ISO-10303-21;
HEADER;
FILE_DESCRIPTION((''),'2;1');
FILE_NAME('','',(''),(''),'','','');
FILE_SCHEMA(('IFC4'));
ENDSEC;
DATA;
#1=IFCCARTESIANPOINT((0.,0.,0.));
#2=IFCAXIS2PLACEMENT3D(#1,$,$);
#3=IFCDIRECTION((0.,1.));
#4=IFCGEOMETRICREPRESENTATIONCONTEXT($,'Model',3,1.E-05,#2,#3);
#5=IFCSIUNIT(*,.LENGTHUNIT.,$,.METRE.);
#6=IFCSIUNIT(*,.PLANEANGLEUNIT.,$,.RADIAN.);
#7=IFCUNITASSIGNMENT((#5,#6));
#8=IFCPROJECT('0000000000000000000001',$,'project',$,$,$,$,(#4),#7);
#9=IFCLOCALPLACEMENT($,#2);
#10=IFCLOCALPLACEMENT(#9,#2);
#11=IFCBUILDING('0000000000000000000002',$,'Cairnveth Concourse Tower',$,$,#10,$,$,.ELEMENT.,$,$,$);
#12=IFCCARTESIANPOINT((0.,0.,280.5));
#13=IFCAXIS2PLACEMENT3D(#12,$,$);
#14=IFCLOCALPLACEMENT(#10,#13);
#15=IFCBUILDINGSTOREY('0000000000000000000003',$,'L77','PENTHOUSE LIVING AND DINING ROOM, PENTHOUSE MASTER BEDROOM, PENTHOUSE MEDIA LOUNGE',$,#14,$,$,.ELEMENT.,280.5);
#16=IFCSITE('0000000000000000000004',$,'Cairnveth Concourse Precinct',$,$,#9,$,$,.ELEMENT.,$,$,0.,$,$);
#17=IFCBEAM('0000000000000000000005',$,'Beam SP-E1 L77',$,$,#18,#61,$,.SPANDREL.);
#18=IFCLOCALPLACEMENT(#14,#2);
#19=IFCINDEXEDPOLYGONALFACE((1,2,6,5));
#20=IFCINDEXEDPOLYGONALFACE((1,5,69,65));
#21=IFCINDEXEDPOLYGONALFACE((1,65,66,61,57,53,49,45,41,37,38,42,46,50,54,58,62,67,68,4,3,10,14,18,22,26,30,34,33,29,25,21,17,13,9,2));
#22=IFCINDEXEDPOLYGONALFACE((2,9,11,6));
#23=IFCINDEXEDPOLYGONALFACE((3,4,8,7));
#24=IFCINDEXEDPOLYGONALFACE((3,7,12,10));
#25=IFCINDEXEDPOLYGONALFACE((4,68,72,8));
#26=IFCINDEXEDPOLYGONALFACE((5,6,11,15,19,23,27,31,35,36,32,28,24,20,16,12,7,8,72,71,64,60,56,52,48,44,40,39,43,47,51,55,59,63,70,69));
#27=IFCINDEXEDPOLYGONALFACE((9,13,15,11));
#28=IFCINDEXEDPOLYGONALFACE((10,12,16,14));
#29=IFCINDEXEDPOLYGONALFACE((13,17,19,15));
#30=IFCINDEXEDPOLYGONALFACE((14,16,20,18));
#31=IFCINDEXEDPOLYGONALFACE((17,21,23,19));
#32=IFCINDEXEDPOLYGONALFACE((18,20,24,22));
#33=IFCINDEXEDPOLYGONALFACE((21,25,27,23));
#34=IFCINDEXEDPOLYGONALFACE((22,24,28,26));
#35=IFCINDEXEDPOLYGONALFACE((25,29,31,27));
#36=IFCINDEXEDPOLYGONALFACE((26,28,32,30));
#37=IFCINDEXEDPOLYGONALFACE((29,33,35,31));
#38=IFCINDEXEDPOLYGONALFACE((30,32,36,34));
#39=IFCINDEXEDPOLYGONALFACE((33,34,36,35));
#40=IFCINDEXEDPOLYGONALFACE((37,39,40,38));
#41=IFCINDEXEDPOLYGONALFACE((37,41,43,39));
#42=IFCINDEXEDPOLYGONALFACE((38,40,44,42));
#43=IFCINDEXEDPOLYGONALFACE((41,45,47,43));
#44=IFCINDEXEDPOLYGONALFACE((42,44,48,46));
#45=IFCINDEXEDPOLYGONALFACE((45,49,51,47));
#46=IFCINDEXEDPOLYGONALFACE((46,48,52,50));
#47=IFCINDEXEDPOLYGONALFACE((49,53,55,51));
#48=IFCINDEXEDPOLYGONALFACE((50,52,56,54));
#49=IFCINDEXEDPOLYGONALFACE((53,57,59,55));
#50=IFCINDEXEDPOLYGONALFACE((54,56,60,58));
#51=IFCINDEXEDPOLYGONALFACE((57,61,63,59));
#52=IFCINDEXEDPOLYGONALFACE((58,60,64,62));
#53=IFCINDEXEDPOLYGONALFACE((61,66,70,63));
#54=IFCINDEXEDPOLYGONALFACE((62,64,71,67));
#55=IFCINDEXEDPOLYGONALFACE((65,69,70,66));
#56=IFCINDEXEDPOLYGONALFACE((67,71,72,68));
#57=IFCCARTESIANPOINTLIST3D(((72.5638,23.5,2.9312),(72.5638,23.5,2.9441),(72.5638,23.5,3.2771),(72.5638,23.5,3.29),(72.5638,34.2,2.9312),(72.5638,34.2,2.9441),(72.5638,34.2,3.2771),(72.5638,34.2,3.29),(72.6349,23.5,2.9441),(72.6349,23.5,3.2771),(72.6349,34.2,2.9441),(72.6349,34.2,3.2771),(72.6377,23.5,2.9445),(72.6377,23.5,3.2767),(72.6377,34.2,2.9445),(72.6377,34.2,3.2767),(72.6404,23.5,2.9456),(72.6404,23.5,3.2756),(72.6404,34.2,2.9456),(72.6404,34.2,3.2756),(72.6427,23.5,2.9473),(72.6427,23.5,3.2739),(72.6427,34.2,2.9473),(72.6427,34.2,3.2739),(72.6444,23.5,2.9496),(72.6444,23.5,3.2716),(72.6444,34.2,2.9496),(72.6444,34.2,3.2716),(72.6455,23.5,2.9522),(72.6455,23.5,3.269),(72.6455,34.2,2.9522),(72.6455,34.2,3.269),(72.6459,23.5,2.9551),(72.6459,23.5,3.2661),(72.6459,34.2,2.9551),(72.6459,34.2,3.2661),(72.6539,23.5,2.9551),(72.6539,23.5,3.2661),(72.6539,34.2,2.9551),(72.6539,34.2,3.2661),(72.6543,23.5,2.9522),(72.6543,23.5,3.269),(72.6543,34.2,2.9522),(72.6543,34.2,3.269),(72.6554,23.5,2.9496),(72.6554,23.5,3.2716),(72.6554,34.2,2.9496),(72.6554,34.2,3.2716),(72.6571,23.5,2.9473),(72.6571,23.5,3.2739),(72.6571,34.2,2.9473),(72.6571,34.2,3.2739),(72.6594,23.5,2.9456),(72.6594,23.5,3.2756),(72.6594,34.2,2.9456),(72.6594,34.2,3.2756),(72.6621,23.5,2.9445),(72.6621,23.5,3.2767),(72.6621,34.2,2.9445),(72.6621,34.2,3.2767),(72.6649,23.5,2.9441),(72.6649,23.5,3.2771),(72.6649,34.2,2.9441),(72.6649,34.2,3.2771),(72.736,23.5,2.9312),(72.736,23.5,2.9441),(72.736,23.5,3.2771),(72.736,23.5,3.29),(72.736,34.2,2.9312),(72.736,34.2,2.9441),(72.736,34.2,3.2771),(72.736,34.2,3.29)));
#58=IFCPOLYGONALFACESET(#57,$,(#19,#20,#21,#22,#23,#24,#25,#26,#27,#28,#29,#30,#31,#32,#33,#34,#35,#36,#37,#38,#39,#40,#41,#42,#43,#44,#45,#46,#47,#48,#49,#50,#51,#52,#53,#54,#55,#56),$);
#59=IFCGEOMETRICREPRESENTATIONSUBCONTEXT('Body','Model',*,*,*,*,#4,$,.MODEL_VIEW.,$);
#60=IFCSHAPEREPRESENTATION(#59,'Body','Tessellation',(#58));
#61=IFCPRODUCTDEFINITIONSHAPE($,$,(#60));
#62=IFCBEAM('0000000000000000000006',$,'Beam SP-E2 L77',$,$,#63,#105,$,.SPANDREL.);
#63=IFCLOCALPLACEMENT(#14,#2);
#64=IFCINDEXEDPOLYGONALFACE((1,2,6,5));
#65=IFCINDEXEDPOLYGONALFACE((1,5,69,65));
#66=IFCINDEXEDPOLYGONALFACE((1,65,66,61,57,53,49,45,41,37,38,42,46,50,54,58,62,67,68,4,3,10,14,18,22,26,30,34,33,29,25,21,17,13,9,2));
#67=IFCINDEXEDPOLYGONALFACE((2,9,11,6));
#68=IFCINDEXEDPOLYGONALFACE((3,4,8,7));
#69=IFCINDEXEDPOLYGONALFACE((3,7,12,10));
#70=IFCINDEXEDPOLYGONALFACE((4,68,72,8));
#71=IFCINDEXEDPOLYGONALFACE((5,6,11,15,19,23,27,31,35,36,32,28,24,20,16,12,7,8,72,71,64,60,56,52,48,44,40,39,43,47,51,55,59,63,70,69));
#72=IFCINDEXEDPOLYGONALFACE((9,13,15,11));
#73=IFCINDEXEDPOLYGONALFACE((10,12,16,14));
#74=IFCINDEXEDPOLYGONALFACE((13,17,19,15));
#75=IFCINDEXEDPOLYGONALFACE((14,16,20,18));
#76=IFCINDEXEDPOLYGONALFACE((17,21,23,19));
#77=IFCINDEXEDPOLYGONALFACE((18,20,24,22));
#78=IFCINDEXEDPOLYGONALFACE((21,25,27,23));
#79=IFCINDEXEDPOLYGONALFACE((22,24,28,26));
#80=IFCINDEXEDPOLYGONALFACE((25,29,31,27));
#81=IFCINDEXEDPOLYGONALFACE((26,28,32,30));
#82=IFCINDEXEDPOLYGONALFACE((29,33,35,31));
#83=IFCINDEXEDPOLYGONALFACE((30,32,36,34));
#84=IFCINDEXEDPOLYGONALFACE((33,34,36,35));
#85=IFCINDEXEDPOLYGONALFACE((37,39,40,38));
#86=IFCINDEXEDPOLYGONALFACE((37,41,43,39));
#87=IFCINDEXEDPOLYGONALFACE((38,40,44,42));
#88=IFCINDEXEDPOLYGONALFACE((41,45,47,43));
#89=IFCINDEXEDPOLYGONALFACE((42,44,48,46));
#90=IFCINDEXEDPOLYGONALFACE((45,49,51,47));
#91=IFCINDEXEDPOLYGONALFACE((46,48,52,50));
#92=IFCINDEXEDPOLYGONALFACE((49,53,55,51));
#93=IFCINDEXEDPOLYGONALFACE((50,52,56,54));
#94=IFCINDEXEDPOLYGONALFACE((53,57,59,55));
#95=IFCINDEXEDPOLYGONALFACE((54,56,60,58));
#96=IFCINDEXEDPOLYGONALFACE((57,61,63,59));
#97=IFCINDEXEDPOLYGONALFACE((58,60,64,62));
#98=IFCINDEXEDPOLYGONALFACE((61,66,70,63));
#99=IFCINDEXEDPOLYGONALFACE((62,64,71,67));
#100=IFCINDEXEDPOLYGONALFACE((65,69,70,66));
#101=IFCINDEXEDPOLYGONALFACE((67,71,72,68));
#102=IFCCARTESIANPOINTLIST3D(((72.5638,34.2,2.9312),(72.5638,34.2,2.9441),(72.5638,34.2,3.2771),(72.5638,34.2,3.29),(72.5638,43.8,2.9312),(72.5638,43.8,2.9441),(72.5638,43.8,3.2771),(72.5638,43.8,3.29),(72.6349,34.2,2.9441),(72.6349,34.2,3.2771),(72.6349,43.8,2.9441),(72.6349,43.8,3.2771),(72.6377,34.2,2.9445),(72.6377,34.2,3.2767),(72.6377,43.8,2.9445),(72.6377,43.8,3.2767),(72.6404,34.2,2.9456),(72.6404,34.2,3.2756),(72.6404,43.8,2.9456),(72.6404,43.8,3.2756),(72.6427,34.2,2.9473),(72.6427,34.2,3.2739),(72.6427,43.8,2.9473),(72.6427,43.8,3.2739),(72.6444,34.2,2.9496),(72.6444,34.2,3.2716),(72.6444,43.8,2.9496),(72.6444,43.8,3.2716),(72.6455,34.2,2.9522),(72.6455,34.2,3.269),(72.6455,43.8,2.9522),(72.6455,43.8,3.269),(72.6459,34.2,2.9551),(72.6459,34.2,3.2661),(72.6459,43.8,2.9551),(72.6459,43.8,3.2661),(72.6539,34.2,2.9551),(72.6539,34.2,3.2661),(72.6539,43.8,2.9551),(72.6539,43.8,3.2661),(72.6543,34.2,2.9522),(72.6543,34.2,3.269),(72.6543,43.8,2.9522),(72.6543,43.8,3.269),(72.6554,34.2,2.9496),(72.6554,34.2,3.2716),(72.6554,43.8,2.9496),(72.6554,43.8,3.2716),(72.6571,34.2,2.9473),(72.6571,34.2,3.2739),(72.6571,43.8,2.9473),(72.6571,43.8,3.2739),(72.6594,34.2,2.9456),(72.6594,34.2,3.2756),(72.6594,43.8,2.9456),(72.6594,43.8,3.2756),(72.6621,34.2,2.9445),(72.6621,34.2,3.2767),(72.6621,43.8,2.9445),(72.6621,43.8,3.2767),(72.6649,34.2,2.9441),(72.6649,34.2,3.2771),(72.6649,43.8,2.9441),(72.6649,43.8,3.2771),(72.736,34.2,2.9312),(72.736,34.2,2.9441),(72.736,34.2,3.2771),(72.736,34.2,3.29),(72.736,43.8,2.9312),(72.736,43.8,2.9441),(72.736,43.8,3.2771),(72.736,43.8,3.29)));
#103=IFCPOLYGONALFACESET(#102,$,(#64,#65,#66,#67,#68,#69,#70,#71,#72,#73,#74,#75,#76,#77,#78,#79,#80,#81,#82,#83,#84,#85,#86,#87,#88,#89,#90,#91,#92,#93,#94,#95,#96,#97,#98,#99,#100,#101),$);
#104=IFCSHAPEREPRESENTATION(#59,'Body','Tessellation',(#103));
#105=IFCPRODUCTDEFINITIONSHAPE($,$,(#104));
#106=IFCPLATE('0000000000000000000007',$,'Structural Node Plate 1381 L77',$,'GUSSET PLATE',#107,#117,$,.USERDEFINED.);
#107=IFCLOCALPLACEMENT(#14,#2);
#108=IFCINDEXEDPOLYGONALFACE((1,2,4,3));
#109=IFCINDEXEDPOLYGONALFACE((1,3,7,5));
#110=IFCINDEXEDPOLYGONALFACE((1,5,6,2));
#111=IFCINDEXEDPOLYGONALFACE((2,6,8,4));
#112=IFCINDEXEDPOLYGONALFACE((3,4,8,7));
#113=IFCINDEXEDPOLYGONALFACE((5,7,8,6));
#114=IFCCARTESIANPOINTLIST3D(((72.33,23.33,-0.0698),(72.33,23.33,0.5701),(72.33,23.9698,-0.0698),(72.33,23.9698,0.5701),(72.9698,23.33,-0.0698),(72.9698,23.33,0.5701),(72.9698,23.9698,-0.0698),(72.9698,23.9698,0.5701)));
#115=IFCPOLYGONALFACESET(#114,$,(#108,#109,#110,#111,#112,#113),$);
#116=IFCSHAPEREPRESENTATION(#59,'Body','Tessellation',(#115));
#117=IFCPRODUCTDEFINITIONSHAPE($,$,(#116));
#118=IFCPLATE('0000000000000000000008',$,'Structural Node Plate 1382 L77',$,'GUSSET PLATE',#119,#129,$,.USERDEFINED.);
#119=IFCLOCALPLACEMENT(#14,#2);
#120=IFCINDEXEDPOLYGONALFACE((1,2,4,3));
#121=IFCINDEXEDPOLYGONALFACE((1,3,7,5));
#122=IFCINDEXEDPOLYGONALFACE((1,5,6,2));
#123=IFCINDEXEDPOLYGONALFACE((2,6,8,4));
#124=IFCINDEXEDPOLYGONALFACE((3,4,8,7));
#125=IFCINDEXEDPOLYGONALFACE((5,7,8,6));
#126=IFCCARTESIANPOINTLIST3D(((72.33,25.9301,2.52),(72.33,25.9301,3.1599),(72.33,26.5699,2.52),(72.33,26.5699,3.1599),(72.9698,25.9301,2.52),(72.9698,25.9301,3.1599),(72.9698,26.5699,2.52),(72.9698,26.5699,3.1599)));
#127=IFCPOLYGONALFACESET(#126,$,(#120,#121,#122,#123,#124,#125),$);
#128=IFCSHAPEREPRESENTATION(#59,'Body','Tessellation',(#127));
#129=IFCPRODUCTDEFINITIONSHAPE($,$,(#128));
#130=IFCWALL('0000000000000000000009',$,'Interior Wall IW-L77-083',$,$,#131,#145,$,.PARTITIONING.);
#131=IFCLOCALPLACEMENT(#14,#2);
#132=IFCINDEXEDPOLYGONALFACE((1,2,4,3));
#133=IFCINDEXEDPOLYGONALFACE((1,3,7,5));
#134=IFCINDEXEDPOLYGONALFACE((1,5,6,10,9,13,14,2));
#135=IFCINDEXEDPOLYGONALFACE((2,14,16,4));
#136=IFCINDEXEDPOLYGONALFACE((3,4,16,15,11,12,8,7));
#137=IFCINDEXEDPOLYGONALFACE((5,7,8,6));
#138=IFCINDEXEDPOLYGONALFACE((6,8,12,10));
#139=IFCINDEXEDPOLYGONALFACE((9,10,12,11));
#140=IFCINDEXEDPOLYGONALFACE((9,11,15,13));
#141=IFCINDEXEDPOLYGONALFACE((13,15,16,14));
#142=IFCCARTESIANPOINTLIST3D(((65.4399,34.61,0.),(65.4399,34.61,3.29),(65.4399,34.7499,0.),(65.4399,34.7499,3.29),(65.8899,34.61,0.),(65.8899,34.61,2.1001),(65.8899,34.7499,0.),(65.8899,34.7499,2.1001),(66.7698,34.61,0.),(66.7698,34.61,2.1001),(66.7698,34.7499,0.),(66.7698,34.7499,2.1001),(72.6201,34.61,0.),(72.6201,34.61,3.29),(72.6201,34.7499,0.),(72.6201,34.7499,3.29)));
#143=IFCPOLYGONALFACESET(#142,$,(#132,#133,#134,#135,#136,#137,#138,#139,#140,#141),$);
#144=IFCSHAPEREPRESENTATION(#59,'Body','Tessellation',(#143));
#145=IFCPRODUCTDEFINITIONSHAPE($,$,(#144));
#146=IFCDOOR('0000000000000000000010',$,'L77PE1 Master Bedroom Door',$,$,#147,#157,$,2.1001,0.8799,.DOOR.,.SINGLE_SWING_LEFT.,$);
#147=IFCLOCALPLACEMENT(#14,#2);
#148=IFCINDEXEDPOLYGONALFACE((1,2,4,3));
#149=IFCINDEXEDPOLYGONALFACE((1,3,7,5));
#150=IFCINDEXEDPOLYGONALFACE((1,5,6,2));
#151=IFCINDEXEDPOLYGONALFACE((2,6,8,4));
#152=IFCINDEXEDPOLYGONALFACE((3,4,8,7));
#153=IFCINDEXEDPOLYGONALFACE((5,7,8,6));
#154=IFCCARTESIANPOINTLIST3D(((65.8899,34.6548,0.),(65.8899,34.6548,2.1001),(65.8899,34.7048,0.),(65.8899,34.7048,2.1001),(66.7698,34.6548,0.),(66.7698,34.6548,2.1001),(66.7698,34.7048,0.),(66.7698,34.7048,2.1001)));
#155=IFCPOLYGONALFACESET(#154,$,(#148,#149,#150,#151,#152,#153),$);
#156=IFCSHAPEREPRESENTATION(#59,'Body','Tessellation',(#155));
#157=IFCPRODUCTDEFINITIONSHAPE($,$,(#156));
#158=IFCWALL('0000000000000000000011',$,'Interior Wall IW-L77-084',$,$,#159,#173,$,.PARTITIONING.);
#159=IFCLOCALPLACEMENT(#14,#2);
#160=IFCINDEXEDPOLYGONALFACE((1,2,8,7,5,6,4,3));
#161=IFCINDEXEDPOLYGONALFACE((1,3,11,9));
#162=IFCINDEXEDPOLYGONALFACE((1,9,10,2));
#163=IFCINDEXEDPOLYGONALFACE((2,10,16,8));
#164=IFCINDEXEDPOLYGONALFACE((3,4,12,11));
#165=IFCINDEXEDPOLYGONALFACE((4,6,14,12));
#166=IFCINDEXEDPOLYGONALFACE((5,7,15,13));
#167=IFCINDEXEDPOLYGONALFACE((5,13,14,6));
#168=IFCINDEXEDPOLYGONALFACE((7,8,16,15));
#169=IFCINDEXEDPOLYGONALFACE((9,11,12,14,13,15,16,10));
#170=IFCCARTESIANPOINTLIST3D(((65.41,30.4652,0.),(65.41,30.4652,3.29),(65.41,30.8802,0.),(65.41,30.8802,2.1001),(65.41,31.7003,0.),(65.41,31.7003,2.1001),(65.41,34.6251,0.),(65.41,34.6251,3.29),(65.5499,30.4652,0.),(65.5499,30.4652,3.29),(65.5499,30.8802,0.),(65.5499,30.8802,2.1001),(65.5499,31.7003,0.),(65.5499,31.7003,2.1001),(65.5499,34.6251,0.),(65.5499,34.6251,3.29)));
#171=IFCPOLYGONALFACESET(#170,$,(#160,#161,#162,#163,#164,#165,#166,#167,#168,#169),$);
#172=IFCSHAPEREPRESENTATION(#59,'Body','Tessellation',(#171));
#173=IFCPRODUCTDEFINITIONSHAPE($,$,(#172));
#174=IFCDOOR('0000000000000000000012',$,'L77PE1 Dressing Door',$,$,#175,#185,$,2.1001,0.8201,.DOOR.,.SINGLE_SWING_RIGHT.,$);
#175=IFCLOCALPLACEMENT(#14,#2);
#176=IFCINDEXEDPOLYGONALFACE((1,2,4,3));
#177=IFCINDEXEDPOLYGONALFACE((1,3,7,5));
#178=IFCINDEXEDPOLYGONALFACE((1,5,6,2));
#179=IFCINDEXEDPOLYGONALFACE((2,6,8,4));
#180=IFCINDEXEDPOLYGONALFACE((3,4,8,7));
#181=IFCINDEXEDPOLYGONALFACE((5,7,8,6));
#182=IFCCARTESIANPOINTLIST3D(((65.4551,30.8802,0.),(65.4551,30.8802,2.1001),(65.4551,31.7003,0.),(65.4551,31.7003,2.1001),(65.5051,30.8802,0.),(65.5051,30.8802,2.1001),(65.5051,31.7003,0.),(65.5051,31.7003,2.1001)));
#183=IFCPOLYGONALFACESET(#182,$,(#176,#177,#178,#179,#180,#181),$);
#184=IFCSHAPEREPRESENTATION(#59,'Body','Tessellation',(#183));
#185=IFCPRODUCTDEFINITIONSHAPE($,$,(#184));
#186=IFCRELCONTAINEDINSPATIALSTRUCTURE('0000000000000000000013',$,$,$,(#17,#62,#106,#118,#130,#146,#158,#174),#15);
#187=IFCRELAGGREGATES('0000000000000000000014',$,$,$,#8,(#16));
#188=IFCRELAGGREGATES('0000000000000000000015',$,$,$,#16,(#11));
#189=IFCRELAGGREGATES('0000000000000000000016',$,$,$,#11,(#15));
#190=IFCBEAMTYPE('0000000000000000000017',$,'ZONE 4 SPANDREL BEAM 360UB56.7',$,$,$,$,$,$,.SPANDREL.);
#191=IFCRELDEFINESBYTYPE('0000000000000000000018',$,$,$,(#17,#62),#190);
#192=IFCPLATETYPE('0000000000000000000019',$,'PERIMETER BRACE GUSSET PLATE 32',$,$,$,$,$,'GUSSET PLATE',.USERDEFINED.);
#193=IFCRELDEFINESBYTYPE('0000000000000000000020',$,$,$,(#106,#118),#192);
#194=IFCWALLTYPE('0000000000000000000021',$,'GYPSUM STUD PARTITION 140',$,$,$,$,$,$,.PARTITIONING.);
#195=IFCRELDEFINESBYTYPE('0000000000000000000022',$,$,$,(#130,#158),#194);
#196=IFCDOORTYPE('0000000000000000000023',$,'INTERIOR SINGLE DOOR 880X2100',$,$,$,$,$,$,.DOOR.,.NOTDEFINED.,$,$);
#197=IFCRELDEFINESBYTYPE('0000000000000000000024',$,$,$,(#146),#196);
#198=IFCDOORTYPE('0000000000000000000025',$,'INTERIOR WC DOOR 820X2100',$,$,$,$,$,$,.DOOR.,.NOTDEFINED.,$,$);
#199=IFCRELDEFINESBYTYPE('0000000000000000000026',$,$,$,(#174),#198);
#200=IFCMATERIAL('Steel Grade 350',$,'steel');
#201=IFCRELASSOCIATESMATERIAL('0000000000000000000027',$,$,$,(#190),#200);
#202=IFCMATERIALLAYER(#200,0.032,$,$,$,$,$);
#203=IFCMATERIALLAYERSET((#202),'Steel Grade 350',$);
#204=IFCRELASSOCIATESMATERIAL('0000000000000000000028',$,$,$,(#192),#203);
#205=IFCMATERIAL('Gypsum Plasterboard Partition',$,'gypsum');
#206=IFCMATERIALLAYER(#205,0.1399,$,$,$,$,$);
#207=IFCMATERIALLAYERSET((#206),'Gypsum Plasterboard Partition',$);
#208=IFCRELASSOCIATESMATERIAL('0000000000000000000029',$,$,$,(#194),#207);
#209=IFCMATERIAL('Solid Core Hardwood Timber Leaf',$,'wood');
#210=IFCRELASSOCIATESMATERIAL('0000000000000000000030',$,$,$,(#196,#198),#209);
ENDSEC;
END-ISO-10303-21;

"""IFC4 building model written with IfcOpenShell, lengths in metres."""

from ifc_helpers import new_model, si_unit, direction, frame, frame_2d, origin, origin_2d, place, context, subcontext, project, spatial, rectangle, i_section, extrude, material, layer, layer_set, material_profile, profile_set, type_object, element, fill, save


model = new_model("IFC4")

# Units and contexts
model_context = context("Model", 3, precision=1e-05, world=origin(), true_north=direction((0.0, 1.0)))
body_context = subcontext(model_context, "Body", "Model", "MODEL_VIEW")
ifc_project = project(units=[si_unit("LENGTHUNIT", "METRE"), si_unit("PLANEANGLEUNIT", "RADIAN")], contexts=[model_context])

# Site, building, storey
site_placement = place(None, origin())
site = spatial("IfcSite", under=ifc_project, at=site_placement, Name="Cairnveth Concourse Precinct", CompositionType="ELEMENT", RefElevation=0.0)
building_placement = place(site_placement, origin())
building = spatial("IfcBuilding", under=site, at=building_placement, Name="Cairnveth Concourse Tower", CompositionType="ELEMENT")
storey_placement = place(building_placement, frame((0.0, 0.0, 280.5)))
storey = spatial("IfcBuildingStorey", under=building, at=storey_placement, Name="L77", Description="PENTHOUSE LIVING AND DINING ROOM, PENTHOUSE MASTER BEDROOM, PENTHOUSE MEDIA LOUNGE", CompositionType="ELEMENT", Elevation=280.5)

# Shared definitions
ifc_material_1 = material(Name="Steel Grade 350", Category="steel")

# Beams
ifc_material_profile_1 = material_profile(ifc_material_1, i_section(OverallWidth=0.1721, OverallDepth=0.3589, WebThickness=0.0081, FlangeThickness=0.0129, FilletRadius=0.011, at=origin_2d()), Name="360UB56.7")
ifc_profile_set_1 = profile_set([ifc_material_profile_1], Name="Steel Grade 350")
beam_type_1 = type_object("IfcBeamType", Name="ZONE 4 SPANDREL BEAM 360UB56.7", PredefinedType="SPANDREL", material=ifc_profile_set_1)
beam_1_placement = place(storey_placement, frame((72.6499, 23.5, 3.1106), z_axis=(0.0, 1.0, 0.0), x_axis=(-1.0, 0.0, 0.0)))
element("IfcBeam", 1, at=beam_1_placement, inside=storey, type_object=beam_type_1, Name="Beam SP-E1 L77", PredefinedType="SPANDREL", context=body_context, shape_type="SweptSolid", body=[
    extrude(i_section(OverallWidth=0.1721, OverallDepth=0.3589, WebThickness=0.0081, FlangeThickness=0.0129, FilletRadius=0.011, at=origin_2d()), origin(), (0.0, 0.0, 1.0), 10.7),
])
beam_2_placement = place(storey_placement, frame((72.6499, 34.2, 3.1106), z_axis=(0.0, 1.0, 0.0), x_axis=(-1.0, 0.0, 0.0)))
element("IfcBeam", 2, at=beam_2_placement, inside=storey, type_object=beam_type_1, Name="Beam SP-E2 L77", PredefinedType="SPANDREL", context=body_context, shape_type="SweptSolid", body=[
    extrude(i_section(OverallWidth=0.1721, OverallDepth=0.3589, WebThickness=0.0081, FlangeThickness=0.0129, FilletRadius=0.011, at=origin_2d()), origin(), (0.0, 0.0, 1.0), 9.6001),
])

# Plates
ifc_layer_1 = layer(ifc_material_1, 0.032)
ifc_layer_set_1 = layer_set([ifc_layer_1], Name="Steel Grade 350")
plate_type = type_object("IfcPlateType", Name="PERIMETER BRACE GUSSET PLATE 32", ElementType="GUSSET PLATE", PredefinedType="USERDEFINED", material=ifc_layer_set_1)
for number, where, z_axis, x_axis, name in (
    (3, (72.6499, 23.6499, -0.0698), (0.0, 0.0, 1.0), (1.0, 0.0, 0.0), "Structural Node Plate 1381 L77"),
    (4, (72.6499, 26.25, 2.52), (0.0, 0.0, 1.0), (1.0, 0.0, 0.0), "Structural Node Plate 1382 L77"),
):
    element("IfcPlate", number, at=place(storey_placement, frame(where, z_axis=z_axis, x_axis=x_axis)), inside=storey, type_object=plate_type, Name=name, ObjectType="GUSSET PLATE", PredefinedType="USERDEFINED", context=body_context, shape_type="SweptSolid", body=[
        extrude(rectangle(XDim=0.6399, YDim=0.6399, at=origin_2d()), origin(), (0.0, 0.0, 1.0), 0.6399),
    ])

# Walls, openings, doors
ifc_material_2 = material(Name="Gypsum Plasterboard Partition", Category="gypsum")
ifc_layer_2 = layer(ifc_material_2, 0.1399)
ifc_layer_set_2 = layer_set([ifc_layer_2], Name="Gypsum Plasterboard Partition")
wall_type_1 = type_object("IfcWallType", Name="GYPSUM STUD PARTITION 140", PredefinedType="PARTITIONING", material=ifc_layer_set_2)
wall_1_placement = place(storey_placement, frame((65.4399, 34.6799, 0.0), z_axis=(0.0, 0.0, 1.0), x_axis=(1.0, 0.0, 0.0)))
wall_1 = element("IfcWall", 5, at=wall_1_placement, inside=storey, type_object=wall_type_1, Name="Interior Wall IW-L77-083", PredefinedType="PARTITIONING", context=body_context, shape_type="SweptSolid", body=[
    extrude(rectangle(XDim=7.1802, YDim=0.1399, at=frame_2d((3.5901, 0.0))), origin(), (0.0, 0.0, 1.0), 3.29),
])
opening_1_placement = place(wall_1_placement, frame((0.45, 0.0, 0.0)))
opening_1 = element("IfcOpeningElement", 6, at=opening_1_placement, cuts=wall_1, PredefinedType="OPENING", context=body_context, shape_type="SweptSolid", body=[
    extrude(rectangle(XDim=0.8799, YDim=2.1001, at=frame_2d((0.4399, 1.05))), frame((0.0, 0.0798, 0.0), z_axis=(0.0, -1.0, 0.0), x_axis=(1.0, 0.0, 0.0)), (0.0, 0.0, 1.0), 0.1599),
])
ifc_material_3 = material(Name="Solid Core Hardwood Timber Leaf", Category="wood")
door_type_1 = type_object("IfcDoorType", Name="INTERIOR SINGLE DOOR 880X2100", OperationType="NOTDEFINED", PredefinedType="DOOR", material=ifc_material_3)
door_1_placement = place(opening_1_placement, origin())
door_1 = element("IfcDoor", 7, at=door_1_placement, inside=storey, type_object=door_type_1, Name="L77PE1 Master Bedroom Door", OperationType="SINGLE_SWING_LEFT", OverallHeight=2.1001, OverallWidth=0.8799, PredefinedType="DOOR", context=body_context, shape_type="SweptSolid", body=[
    extrude(rectangle(XDim=0.8799, YDim=2.1001, at=frame_2d((0.4399, 1.05))), frame((0.0, 0.0249, 0.0), z_axis=(0.0, -1.0, 0.0), x_axis=(1.0, 0.0, 0.0)), (0.0, 0.0, 1.0), 0.05),
])
fill(opening_1, door_1)
wall_2_placement = place(storey_placement, frame((65.48, 30.4651, 0.0), z_axis=(0.0, 0.0, 1.0), x_axis=(0.0, 1.0, 0.0)))
wall_2 = element("IfcWall", 8, at=wall_2_placement, inside=storey, type_object=wall_type_1, Name="Interior Wall IW-L77-084", PredefinedType="PARTITIONING", context=body_context, shape_type="SweptSolid", body=[
    extrude(rectangle(XDim=4.1599, YDim=0.1399, at=frame_2d((2.0801, 0.0))), origin(), (0.0, 0.0, 1.0), 3.29),
])
opening_2_placement = place(wall_2_placement, frame((0.415, 0.0, 0.0)))
opening_2 = element("IfcOpeningElement", 9, at=opening_2_placement, cuts=wall_2, PredefinedType="OPENING", context=body_context, shape_type="SweptSolid", body=[
    extrude(rectangle(XDim=0.8201, YDim=2.1001, at=frame_2d((0.4102, 1.05))), frame((0.0, 0.0798, 0.0), z_axis=(0.0, -1.0, 0.0), x_axis=(1.0, 0.0, 0.0)), (0.0, 0.0, 1.0), 0.1599),
])
door_type_2 = type_object("IfcDoorType", Name="INTERIOR WC DOOR 820X2100", OperationType="NOTDEFINED", PredefinedType="DOOR", material=ifc_material_3)
door_2_placement = place(opening_2_placement, origin())
door_2 = element("IfcDoor", 10, at=door_2_placement, inside=storey, type_object=door_type_2, Name="L77PE1 Dressing Door", OperationType="SINGLE_SWING_RIGHT", OverallHeight=2.1001, OverallWidth=0.8201, PredefinedType="DOOR", context=body_context, shape_type="SweptSolid", body=[
    extrude(rectangle(XDim=0.8201, YDim=2.1001, at=frame_2d((0.4102, 1.05))), frame((0.0, 0.0249, 0.0), z_axis=(0.0, -1.0, 0.0), x_axis=(1.0, 0.0, 0.0)), (0.0, 0.0, 1.0), 0.05),
])
fill(opening_2, door_2)

save(model, "model.ifc")
